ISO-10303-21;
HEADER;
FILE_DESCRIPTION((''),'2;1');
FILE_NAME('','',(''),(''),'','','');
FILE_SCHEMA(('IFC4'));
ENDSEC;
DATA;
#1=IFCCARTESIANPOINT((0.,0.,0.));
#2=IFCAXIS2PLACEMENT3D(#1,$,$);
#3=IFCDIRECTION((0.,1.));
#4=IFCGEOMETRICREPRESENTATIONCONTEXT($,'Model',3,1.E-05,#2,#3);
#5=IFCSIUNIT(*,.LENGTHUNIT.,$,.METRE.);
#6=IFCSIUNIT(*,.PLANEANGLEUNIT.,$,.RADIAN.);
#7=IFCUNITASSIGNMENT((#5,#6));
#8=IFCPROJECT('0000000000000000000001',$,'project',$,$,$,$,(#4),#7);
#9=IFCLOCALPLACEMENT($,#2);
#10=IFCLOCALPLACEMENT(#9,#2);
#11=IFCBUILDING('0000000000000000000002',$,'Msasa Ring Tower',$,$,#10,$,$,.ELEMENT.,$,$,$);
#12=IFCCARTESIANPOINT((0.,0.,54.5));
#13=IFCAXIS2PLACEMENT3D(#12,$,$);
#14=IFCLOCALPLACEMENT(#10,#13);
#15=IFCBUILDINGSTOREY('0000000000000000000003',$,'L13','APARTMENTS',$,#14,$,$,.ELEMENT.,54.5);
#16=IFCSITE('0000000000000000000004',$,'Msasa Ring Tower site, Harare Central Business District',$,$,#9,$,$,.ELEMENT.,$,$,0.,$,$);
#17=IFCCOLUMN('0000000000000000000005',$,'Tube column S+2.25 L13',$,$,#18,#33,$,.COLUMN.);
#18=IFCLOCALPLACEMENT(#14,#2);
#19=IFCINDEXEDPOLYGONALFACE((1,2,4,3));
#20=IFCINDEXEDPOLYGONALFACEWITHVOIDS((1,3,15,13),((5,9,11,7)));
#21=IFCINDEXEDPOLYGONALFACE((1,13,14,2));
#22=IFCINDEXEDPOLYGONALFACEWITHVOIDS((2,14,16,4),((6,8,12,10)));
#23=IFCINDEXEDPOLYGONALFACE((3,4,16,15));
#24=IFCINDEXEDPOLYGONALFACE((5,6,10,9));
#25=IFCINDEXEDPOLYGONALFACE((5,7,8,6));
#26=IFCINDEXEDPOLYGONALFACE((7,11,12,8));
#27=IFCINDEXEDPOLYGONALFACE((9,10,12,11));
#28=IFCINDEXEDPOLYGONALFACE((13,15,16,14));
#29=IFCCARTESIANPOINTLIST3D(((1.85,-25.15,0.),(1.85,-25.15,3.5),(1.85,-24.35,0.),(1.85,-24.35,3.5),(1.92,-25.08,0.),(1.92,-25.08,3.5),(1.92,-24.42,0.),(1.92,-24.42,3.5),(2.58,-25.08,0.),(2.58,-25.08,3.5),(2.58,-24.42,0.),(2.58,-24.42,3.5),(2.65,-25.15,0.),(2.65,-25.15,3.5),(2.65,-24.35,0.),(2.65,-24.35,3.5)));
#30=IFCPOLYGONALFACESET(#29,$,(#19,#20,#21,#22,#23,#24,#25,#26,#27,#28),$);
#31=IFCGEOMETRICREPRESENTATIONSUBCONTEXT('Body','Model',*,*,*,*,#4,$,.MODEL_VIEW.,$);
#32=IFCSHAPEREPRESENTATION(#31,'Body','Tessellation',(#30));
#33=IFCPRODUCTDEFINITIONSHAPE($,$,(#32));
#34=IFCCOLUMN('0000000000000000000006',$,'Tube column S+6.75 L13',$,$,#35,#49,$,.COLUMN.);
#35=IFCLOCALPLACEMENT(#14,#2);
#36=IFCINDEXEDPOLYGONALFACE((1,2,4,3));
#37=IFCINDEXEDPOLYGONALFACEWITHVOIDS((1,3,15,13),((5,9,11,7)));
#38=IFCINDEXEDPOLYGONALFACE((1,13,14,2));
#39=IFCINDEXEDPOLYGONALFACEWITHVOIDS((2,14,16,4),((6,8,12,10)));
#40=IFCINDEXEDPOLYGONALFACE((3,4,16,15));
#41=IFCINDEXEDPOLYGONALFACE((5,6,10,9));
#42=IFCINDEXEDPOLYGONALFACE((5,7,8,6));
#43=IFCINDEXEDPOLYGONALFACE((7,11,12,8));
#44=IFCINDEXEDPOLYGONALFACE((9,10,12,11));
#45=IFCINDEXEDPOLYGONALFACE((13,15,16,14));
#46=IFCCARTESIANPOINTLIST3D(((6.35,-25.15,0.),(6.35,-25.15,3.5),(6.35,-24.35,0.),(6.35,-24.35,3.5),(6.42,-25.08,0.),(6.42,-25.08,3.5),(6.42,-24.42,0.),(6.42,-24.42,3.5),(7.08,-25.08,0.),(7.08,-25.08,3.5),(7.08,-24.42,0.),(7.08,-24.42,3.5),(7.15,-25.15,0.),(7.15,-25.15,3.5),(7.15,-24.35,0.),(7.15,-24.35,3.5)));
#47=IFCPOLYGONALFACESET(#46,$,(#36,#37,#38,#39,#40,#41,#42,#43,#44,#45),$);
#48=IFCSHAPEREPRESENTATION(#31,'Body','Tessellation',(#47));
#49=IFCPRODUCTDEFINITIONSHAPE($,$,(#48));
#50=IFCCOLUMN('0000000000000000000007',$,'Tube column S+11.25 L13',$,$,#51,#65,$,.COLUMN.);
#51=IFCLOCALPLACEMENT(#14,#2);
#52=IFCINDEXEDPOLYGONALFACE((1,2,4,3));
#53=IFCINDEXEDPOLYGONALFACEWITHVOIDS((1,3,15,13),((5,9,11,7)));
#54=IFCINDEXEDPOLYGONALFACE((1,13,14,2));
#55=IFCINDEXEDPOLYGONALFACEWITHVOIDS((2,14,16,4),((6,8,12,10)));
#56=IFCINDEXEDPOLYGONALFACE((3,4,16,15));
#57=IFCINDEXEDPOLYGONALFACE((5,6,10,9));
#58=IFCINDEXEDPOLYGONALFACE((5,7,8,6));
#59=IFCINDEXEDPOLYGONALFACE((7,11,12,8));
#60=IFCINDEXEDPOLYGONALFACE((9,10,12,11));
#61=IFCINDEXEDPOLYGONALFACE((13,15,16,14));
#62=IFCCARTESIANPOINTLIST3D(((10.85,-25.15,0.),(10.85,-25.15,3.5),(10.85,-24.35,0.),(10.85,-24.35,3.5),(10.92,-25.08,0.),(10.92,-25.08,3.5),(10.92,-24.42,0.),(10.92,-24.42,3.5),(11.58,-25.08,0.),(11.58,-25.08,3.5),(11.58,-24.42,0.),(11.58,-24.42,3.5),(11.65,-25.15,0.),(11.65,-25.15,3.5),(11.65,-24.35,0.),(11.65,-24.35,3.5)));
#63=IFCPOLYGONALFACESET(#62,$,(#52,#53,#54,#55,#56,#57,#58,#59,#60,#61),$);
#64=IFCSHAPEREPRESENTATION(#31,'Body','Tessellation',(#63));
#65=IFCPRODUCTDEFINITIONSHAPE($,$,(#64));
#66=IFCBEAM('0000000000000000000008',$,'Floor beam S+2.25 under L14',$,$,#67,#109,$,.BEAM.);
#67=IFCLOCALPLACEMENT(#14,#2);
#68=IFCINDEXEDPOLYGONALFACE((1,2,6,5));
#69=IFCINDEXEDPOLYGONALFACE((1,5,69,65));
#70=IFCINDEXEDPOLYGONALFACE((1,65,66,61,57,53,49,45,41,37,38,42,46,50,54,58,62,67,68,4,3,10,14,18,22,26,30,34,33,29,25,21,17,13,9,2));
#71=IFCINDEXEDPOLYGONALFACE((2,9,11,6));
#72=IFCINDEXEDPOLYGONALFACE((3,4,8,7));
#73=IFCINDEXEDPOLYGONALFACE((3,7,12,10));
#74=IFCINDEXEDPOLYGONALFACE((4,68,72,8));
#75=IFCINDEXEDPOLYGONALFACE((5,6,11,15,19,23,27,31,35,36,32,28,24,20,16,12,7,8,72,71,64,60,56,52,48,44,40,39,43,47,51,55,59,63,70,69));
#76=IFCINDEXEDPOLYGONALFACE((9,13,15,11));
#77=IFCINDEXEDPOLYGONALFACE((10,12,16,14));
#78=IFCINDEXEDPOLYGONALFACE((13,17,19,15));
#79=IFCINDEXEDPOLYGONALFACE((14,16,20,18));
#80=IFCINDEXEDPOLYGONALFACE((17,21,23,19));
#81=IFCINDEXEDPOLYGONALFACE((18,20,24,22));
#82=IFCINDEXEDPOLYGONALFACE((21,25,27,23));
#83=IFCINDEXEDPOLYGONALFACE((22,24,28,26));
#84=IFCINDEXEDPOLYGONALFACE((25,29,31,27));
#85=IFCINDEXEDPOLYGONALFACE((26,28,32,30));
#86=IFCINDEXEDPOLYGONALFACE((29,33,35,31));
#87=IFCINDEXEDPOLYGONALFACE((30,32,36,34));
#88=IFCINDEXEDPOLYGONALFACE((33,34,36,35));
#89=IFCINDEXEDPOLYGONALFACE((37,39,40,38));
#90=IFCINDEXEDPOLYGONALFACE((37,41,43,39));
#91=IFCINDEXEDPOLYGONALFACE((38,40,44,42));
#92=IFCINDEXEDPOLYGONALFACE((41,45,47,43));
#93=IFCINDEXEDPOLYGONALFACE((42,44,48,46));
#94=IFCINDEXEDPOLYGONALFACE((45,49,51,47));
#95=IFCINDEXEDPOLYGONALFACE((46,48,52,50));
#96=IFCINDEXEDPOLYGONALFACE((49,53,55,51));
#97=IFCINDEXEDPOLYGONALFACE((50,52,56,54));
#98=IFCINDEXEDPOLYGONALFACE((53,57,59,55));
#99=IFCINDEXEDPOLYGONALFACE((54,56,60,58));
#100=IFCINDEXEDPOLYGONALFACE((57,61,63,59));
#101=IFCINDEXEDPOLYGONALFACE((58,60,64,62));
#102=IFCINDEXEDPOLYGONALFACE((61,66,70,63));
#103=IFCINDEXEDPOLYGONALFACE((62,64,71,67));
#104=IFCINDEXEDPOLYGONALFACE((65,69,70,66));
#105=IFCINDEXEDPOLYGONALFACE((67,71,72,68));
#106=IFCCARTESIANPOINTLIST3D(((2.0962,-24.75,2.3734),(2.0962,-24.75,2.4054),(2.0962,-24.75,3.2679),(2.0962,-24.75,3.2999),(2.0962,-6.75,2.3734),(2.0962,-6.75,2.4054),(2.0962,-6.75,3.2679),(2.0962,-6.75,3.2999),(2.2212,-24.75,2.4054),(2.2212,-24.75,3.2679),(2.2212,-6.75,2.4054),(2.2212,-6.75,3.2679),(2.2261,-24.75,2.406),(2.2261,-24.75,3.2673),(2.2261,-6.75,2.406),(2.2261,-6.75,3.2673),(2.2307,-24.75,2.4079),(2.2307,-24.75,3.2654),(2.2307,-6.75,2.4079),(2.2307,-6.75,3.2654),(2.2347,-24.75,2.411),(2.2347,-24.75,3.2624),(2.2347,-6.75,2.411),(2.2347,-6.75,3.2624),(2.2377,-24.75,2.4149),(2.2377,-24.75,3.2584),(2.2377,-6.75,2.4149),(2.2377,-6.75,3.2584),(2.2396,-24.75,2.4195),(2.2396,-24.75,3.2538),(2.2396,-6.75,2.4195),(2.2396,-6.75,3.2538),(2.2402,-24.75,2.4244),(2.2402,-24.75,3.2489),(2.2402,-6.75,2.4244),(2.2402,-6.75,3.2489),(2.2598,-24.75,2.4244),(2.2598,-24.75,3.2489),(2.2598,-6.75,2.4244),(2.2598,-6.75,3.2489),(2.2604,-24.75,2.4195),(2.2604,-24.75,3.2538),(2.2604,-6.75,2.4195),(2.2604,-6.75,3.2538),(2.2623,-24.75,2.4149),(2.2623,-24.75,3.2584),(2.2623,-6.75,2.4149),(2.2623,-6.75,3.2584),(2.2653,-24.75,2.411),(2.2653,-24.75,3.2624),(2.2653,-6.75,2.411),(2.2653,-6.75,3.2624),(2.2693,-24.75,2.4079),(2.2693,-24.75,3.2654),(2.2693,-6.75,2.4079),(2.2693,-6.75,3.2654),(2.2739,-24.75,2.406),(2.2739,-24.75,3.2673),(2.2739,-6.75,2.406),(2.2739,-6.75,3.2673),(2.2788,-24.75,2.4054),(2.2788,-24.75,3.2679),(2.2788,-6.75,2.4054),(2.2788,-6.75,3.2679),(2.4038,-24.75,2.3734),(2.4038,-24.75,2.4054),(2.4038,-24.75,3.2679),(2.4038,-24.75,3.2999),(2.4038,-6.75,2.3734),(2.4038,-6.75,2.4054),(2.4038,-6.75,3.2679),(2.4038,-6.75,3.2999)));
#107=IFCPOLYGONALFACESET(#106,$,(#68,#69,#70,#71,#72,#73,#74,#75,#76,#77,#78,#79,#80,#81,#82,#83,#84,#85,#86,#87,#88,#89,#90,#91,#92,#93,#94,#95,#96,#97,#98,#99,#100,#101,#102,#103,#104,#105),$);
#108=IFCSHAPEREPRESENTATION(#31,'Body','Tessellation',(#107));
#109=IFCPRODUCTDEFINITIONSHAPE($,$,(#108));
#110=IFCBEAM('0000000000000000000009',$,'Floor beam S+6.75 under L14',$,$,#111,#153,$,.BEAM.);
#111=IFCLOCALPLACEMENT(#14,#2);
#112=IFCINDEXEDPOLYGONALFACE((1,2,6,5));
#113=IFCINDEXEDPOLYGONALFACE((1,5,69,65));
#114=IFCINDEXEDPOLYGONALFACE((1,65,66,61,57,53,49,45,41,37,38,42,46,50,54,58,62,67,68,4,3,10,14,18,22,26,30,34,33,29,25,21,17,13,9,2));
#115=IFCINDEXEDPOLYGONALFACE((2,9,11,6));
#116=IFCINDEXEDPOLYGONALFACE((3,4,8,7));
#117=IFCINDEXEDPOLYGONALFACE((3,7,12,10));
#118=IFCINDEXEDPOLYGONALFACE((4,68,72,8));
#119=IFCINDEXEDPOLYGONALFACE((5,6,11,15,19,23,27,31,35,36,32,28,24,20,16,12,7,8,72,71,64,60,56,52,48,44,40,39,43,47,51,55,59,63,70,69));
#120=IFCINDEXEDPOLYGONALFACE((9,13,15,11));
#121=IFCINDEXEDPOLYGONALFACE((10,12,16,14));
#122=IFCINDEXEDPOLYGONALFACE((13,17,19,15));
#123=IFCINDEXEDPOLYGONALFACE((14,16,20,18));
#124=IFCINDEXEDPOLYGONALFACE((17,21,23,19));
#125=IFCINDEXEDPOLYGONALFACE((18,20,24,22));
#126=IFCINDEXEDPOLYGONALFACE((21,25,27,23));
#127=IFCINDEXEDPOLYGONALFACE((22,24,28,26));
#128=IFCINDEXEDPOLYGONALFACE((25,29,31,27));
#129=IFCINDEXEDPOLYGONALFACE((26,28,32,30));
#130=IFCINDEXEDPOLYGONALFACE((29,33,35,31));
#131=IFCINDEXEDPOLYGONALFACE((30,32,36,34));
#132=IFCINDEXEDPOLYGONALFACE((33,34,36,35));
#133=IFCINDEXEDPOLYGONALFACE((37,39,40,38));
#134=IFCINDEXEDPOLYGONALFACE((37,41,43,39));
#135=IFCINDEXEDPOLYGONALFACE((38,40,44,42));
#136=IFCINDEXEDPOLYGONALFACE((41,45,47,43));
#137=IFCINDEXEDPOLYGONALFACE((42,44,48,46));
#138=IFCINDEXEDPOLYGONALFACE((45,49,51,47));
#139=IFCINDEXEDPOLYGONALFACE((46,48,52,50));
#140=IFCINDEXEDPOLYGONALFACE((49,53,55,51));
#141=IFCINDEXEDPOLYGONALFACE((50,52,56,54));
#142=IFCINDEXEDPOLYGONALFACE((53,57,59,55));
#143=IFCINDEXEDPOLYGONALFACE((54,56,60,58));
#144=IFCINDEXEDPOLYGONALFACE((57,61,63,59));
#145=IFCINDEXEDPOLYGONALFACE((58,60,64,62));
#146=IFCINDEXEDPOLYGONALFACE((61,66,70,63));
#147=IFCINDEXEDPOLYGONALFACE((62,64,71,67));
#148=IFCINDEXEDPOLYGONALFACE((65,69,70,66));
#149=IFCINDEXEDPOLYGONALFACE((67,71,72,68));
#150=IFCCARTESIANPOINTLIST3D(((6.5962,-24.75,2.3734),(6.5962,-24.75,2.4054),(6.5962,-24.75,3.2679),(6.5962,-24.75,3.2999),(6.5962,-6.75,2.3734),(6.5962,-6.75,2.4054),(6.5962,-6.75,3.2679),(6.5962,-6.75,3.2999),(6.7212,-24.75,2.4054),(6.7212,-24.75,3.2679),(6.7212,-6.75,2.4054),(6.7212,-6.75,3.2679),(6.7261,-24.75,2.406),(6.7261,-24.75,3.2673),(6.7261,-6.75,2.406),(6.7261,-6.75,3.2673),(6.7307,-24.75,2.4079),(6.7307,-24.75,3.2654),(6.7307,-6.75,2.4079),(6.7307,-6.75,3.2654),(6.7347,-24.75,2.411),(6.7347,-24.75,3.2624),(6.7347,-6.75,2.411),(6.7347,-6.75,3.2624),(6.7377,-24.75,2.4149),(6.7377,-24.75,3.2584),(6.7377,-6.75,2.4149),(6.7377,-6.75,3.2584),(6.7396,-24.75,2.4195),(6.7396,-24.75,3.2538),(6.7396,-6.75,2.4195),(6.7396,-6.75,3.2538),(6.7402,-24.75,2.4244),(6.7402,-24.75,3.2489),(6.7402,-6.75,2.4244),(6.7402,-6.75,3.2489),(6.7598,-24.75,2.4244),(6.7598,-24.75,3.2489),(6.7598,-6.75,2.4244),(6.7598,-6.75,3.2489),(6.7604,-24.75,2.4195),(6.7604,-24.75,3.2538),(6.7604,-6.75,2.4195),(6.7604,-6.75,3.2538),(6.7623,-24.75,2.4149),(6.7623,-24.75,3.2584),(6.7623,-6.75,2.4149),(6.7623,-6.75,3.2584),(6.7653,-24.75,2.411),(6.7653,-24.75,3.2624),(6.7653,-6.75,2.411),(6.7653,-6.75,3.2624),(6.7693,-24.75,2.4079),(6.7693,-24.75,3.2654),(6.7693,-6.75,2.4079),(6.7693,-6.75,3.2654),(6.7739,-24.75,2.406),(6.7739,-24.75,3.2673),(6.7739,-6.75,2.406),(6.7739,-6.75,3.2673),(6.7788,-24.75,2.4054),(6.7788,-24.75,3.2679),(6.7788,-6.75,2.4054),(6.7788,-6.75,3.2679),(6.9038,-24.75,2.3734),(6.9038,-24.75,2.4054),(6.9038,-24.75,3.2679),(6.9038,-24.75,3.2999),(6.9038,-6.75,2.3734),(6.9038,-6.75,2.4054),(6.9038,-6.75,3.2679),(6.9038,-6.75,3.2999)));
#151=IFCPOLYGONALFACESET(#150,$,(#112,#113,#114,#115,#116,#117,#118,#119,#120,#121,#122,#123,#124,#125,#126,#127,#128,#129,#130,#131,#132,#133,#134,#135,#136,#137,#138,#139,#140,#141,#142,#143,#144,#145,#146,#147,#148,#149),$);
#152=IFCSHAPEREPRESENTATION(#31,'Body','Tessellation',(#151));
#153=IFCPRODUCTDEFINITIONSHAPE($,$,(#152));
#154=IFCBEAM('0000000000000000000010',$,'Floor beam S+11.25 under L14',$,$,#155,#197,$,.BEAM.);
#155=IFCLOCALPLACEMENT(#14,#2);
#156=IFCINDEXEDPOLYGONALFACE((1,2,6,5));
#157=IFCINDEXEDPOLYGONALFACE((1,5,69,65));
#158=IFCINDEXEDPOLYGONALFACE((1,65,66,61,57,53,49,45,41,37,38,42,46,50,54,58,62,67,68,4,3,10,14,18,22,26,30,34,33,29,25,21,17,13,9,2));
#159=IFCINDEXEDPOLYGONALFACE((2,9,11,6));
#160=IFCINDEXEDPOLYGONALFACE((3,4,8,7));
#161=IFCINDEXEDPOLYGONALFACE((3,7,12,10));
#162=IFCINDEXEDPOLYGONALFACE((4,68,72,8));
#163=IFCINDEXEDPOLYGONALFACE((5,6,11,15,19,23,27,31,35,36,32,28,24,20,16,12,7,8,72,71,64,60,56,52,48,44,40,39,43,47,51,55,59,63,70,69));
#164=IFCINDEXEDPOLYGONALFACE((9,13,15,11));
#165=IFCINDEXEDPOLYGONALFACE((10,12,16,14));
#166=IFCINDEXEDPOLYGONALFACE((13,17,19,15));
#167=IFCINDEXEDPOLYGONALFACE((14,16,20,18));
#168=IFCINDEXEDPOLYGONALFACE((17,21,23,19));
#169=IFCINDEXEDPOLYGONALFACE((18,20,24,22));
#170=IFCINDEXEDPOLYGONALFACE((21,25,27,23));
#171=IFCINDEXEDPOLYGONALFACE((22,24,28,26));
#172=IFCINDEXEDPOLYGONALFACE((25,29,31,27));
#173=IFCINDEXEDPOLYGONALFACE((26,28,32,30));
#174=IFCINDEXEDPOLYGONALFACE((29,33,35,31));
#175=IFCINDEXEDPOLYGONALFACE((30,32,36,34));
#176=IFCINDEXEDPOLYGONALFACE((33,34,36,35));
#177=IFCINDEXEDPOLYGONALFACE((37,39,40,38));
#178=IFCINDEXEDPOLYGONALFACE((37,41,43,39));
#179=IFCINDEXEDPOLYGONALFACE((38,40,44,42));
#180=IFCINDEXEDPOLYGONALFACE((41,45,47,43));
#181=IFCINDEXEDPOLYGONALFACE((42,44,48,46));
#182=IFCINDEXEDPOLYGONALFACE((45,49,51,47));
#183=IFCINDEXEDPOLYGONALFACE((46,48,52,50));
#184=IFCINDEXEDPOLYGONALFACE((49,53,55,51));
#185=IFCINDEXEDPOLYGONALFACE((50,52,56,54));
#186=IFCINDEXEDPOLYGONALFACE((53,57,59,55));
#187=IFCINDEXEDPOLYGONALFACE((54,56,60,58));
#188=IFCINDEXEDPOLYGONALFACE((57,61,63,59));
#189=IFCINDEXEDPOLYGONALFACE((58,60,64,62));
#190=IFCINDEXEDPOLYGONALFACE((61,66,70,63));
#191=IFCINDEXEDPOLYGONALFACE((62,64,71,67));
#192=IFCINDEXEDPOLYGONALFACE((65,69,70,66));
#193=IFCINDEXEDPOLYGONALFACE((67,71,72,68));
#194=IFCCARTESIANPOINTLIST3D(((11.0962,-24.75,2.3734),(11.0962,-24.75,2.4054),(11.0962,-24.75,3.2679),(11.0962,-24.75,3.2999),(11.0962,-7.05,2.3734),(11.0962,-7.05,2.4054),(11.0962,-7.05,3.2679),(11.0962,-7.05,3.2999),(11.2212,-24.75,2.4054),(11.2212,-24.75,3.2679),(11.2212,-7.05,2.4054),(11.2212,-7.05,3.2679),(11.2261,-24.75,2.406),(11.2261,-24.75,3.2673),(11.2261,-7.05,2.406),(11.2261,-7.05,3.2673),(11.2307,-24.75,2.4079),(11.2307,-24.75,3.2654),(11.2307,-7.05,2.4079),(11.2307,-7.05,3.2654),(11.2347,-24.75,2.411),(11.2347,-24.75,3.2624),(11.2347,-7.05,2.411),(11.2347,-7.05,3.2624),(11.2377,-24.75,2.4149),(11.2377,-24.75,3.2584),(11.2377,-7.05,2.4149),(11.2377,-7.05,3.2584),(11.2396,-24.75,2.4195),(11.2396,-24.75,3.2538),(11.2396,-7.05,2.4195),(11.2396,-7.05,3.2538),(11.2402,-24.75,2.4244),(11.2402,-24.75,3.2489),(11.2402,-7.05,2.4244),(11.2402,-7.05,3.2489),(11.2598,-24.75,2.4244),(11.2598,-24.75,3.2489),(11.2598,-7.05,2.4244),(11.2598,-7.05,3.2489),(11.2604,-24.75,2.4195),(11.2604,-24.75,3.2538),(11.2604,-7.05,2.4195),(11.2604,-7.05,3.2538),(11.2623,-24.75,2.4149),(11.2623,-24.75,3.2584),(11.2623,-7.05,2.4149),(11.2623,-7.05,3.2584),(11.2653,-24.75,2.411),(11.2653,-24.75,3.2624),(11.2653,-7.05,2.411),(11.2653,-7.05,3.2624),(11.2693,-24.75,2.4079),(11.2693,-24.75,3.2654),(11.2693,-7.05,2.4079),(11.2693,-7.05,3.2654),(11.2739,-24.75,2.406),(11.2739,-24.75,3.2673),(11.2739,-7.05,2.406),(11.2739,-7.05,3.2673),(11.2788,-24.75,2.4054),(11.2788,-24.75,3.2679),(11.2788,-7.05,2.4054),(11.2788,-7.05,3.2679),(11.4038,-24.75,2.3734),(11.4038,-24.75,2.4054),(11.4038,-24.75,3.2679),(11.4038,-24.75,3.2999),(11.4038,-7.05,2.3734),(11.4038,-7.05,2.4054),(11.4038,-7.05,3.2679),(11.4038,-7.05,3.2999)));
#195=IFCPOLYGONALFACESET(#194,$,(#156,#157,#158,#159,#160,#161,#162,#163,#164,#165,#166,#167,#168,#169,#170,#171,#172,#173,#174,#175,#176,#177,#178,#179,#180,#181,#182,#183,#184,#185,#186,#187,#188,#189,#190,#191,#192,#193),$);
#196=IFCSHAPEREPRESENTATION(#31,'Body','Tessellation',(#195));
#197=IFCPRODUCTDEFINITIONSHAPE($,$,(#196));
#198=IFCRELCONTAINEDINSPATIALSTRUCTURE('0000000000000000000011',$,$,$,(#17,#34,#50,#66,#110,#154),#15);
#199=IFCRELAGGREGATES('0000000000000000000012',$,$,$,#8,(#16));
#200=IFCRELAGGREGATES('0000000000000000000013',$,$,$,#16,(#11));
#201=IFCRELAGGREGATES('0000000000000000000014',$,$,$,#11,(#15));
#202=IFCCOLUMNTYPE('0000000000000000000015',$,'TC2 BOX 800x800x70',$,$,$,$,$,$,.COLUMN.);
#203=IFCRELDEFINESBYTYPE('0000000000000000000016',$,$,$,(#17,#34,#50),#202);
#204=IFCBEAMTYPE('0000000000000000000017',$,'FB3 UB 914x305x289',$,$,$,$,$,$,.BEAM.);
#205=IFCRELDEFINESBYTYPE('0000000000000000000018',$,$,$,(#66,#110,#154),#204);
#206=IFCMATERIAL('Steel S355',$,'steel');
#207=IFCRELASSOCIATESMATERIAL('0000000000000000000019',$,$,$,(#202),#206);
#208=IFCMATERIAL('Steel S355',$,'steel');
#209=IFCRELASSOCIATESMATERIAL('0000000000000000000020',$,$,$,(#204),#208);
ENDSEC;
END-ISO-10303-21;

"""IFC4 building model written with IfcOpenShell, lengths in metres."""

from ifc_helpers import new_model, si_unit, direction, frame, origin, origin_2d, place, context, subcontext, project, spatial, hollow_rectangle, i_section, extrude, material, material_profile, profile_set, type_object, element, save


model = new_model("IFC4")

# Units and contexts
model_context = context("Model", 3, precision=1e-05, world=origin(), true_north=direction((0.0, 1.0)))
body_context = subcontext(model_context, "Body", "Model", "MODEL_VIEW")
ifc_project = project(units=[si_unit("LENGTHUNIT", "METRE"), si_unit("PLANEANGLEUNIT", "RADIAN")], contexts=[model_context])

# Site, building, storey
site_placement = place(None, origin())
site = spatial("IfcSite", under=ifc_project, at=site_placement, Name="Msasa Ring Tower site, Harare Central Business District", CompositionType="ELEMENT", RefElevation=0.0)
building_placement = place(site_placement, origin())
building = spatial("IfcBuilding", under=site, at=building_placement, Name="Msasa Ring Tower", CompositionType="ELEMENT")
storey_placement = place(building_placement, frame((0.0, 0.0, 54.5)))
storey = spatial("IfcBuildingStorey", under=building, at=storey_placement, Name="L13", Description="APARTMENTS", CompositionType="ELEMENT", Elevation=54.5)

# Columns
ifc_material_1 = material(Name="Steel S355", Category="steel")
ifc_material_profile_1 = material_profile(ifc_material_1, hollow_rectangle(XDim=0.8, YDim=0.8, WallThickness=0.0701, at=origin_2d()), Name="BOX 800x800x70")
ifc_profile_set_1 = profile_set([ifc_material_profile_1], Name="Steel S355")
column_type = type_object("IfcColumnType", Name="TC2 BOX 800x800x70", PredefinedType="COLUMN", material=ifc_profile_set_1)
for number, where, z_axis, x_axis, name in (
    (1, (2.25, -24.75, 0.0), (0.0, 0.0, 1.0), (0.0, 1.0, 0.0), "Tube column S+2.25 L13"),
    (2, (6.75, -24.75, 0.0), (0.0, 0.0, 1.0), (0.0, 1.0, 0.0), "Tube column S+6.75 L13"),
    (3, (11.25, -24.75, 0.0), (0.0, 0.0, 1.0), (0.0, 1.0, 0.0), "Tube column S+11.25 L13"),
):
    element("IfcColumn", number, at=place(storey_placement, frame(where, z_axis=z_axis, x_axis=x_axis)), inside=storey, type_object=column_type, Name=name, PredefinedType="COLUMN", context=body_context, shape_type="SweptSolid", body=[
        extrude(hollow_rectangle(XDim=0.8, YDim=0.8, WallThickness=0.0701, at=origin_2d()), origin(), (0.0, 0.0, 1.0), 3.5),
    ])

# Beams
ifc_material_2 = material(Name="Steel S355", Category="steel")
ifc_material_profile_2 = material_profile(ifc_material_2, i_section(OverallWidth=0.3076, OverallDepth=0.9265, WebThickness=0.0195, FlangeThickness=0.032, FilletRadius=0.019, at=origin_2d()), Name="UB 914x305x289")
ifc_profile_set_2 = profile_set([ifc_material_profile_2], Name="Steel S355")
beam_type_1 = type_object("IfcBeamType", Name="FB3 UB 914x305x289", PredefinedType="BEAM", material=ifc_profile_set_2)
for number, where, z_axis, x_axis, name in (
    (4, (2.25, -24.75, 2.8367), (0.0, 1.0, 0.0), (-1.0, 0.0, 0.0), "Floor beam S+2.25 under L14"),
    (5, (6.75, -24.75, 2.8367), (0.0, 1.0, 0.0), (-1.0, 0.0, 0.0), "Floor beam S+6.75 under L14"),
):
    element("IfcBeam", number, at=place(storey_placement, frame(where, z_axis=z_axis, x_axis=x_axis)), inside=storey, type_object=beam_type_1, Name=name, PredefinedType="BEAM", context=body_context, shape_type="SweptSolid", body=[
        extrude(i_section(OverallWidth=0.3076, OverallDepth=0.9265, WebThickness=0.0195, FlangeThickness=0.032, FilletRadius=0.019, at=origin_2d()), origin(), (0.0, 0.0, 1.0), 18.0),
    ])
beam_placement = place(storey_placement, frame((11.25, -24.75, 2.8367), z_axis=(0.0, 1.0, 0.0), x_axis=(-1.0, 0.0, 0.0)))
element("IfcBeam", 6, at=beam_placement, inside=storey, type_object=beam_type_1, Name="Floor beam S+11.25 under L14", PredefinedType="BEAM", context=body_context, shape_type="SweptSolid", body=[
    extrude(i_section(OverallWidth=0.3076, OverallDepth=0.9265, WebThickness=0.0195, FlangeThickness=0.032, FilletRadius=0.019, at=origin_2d()), origin(), (0.0, 0.0, 1.0), 17.7),
])

save(model, "model.ifc")
